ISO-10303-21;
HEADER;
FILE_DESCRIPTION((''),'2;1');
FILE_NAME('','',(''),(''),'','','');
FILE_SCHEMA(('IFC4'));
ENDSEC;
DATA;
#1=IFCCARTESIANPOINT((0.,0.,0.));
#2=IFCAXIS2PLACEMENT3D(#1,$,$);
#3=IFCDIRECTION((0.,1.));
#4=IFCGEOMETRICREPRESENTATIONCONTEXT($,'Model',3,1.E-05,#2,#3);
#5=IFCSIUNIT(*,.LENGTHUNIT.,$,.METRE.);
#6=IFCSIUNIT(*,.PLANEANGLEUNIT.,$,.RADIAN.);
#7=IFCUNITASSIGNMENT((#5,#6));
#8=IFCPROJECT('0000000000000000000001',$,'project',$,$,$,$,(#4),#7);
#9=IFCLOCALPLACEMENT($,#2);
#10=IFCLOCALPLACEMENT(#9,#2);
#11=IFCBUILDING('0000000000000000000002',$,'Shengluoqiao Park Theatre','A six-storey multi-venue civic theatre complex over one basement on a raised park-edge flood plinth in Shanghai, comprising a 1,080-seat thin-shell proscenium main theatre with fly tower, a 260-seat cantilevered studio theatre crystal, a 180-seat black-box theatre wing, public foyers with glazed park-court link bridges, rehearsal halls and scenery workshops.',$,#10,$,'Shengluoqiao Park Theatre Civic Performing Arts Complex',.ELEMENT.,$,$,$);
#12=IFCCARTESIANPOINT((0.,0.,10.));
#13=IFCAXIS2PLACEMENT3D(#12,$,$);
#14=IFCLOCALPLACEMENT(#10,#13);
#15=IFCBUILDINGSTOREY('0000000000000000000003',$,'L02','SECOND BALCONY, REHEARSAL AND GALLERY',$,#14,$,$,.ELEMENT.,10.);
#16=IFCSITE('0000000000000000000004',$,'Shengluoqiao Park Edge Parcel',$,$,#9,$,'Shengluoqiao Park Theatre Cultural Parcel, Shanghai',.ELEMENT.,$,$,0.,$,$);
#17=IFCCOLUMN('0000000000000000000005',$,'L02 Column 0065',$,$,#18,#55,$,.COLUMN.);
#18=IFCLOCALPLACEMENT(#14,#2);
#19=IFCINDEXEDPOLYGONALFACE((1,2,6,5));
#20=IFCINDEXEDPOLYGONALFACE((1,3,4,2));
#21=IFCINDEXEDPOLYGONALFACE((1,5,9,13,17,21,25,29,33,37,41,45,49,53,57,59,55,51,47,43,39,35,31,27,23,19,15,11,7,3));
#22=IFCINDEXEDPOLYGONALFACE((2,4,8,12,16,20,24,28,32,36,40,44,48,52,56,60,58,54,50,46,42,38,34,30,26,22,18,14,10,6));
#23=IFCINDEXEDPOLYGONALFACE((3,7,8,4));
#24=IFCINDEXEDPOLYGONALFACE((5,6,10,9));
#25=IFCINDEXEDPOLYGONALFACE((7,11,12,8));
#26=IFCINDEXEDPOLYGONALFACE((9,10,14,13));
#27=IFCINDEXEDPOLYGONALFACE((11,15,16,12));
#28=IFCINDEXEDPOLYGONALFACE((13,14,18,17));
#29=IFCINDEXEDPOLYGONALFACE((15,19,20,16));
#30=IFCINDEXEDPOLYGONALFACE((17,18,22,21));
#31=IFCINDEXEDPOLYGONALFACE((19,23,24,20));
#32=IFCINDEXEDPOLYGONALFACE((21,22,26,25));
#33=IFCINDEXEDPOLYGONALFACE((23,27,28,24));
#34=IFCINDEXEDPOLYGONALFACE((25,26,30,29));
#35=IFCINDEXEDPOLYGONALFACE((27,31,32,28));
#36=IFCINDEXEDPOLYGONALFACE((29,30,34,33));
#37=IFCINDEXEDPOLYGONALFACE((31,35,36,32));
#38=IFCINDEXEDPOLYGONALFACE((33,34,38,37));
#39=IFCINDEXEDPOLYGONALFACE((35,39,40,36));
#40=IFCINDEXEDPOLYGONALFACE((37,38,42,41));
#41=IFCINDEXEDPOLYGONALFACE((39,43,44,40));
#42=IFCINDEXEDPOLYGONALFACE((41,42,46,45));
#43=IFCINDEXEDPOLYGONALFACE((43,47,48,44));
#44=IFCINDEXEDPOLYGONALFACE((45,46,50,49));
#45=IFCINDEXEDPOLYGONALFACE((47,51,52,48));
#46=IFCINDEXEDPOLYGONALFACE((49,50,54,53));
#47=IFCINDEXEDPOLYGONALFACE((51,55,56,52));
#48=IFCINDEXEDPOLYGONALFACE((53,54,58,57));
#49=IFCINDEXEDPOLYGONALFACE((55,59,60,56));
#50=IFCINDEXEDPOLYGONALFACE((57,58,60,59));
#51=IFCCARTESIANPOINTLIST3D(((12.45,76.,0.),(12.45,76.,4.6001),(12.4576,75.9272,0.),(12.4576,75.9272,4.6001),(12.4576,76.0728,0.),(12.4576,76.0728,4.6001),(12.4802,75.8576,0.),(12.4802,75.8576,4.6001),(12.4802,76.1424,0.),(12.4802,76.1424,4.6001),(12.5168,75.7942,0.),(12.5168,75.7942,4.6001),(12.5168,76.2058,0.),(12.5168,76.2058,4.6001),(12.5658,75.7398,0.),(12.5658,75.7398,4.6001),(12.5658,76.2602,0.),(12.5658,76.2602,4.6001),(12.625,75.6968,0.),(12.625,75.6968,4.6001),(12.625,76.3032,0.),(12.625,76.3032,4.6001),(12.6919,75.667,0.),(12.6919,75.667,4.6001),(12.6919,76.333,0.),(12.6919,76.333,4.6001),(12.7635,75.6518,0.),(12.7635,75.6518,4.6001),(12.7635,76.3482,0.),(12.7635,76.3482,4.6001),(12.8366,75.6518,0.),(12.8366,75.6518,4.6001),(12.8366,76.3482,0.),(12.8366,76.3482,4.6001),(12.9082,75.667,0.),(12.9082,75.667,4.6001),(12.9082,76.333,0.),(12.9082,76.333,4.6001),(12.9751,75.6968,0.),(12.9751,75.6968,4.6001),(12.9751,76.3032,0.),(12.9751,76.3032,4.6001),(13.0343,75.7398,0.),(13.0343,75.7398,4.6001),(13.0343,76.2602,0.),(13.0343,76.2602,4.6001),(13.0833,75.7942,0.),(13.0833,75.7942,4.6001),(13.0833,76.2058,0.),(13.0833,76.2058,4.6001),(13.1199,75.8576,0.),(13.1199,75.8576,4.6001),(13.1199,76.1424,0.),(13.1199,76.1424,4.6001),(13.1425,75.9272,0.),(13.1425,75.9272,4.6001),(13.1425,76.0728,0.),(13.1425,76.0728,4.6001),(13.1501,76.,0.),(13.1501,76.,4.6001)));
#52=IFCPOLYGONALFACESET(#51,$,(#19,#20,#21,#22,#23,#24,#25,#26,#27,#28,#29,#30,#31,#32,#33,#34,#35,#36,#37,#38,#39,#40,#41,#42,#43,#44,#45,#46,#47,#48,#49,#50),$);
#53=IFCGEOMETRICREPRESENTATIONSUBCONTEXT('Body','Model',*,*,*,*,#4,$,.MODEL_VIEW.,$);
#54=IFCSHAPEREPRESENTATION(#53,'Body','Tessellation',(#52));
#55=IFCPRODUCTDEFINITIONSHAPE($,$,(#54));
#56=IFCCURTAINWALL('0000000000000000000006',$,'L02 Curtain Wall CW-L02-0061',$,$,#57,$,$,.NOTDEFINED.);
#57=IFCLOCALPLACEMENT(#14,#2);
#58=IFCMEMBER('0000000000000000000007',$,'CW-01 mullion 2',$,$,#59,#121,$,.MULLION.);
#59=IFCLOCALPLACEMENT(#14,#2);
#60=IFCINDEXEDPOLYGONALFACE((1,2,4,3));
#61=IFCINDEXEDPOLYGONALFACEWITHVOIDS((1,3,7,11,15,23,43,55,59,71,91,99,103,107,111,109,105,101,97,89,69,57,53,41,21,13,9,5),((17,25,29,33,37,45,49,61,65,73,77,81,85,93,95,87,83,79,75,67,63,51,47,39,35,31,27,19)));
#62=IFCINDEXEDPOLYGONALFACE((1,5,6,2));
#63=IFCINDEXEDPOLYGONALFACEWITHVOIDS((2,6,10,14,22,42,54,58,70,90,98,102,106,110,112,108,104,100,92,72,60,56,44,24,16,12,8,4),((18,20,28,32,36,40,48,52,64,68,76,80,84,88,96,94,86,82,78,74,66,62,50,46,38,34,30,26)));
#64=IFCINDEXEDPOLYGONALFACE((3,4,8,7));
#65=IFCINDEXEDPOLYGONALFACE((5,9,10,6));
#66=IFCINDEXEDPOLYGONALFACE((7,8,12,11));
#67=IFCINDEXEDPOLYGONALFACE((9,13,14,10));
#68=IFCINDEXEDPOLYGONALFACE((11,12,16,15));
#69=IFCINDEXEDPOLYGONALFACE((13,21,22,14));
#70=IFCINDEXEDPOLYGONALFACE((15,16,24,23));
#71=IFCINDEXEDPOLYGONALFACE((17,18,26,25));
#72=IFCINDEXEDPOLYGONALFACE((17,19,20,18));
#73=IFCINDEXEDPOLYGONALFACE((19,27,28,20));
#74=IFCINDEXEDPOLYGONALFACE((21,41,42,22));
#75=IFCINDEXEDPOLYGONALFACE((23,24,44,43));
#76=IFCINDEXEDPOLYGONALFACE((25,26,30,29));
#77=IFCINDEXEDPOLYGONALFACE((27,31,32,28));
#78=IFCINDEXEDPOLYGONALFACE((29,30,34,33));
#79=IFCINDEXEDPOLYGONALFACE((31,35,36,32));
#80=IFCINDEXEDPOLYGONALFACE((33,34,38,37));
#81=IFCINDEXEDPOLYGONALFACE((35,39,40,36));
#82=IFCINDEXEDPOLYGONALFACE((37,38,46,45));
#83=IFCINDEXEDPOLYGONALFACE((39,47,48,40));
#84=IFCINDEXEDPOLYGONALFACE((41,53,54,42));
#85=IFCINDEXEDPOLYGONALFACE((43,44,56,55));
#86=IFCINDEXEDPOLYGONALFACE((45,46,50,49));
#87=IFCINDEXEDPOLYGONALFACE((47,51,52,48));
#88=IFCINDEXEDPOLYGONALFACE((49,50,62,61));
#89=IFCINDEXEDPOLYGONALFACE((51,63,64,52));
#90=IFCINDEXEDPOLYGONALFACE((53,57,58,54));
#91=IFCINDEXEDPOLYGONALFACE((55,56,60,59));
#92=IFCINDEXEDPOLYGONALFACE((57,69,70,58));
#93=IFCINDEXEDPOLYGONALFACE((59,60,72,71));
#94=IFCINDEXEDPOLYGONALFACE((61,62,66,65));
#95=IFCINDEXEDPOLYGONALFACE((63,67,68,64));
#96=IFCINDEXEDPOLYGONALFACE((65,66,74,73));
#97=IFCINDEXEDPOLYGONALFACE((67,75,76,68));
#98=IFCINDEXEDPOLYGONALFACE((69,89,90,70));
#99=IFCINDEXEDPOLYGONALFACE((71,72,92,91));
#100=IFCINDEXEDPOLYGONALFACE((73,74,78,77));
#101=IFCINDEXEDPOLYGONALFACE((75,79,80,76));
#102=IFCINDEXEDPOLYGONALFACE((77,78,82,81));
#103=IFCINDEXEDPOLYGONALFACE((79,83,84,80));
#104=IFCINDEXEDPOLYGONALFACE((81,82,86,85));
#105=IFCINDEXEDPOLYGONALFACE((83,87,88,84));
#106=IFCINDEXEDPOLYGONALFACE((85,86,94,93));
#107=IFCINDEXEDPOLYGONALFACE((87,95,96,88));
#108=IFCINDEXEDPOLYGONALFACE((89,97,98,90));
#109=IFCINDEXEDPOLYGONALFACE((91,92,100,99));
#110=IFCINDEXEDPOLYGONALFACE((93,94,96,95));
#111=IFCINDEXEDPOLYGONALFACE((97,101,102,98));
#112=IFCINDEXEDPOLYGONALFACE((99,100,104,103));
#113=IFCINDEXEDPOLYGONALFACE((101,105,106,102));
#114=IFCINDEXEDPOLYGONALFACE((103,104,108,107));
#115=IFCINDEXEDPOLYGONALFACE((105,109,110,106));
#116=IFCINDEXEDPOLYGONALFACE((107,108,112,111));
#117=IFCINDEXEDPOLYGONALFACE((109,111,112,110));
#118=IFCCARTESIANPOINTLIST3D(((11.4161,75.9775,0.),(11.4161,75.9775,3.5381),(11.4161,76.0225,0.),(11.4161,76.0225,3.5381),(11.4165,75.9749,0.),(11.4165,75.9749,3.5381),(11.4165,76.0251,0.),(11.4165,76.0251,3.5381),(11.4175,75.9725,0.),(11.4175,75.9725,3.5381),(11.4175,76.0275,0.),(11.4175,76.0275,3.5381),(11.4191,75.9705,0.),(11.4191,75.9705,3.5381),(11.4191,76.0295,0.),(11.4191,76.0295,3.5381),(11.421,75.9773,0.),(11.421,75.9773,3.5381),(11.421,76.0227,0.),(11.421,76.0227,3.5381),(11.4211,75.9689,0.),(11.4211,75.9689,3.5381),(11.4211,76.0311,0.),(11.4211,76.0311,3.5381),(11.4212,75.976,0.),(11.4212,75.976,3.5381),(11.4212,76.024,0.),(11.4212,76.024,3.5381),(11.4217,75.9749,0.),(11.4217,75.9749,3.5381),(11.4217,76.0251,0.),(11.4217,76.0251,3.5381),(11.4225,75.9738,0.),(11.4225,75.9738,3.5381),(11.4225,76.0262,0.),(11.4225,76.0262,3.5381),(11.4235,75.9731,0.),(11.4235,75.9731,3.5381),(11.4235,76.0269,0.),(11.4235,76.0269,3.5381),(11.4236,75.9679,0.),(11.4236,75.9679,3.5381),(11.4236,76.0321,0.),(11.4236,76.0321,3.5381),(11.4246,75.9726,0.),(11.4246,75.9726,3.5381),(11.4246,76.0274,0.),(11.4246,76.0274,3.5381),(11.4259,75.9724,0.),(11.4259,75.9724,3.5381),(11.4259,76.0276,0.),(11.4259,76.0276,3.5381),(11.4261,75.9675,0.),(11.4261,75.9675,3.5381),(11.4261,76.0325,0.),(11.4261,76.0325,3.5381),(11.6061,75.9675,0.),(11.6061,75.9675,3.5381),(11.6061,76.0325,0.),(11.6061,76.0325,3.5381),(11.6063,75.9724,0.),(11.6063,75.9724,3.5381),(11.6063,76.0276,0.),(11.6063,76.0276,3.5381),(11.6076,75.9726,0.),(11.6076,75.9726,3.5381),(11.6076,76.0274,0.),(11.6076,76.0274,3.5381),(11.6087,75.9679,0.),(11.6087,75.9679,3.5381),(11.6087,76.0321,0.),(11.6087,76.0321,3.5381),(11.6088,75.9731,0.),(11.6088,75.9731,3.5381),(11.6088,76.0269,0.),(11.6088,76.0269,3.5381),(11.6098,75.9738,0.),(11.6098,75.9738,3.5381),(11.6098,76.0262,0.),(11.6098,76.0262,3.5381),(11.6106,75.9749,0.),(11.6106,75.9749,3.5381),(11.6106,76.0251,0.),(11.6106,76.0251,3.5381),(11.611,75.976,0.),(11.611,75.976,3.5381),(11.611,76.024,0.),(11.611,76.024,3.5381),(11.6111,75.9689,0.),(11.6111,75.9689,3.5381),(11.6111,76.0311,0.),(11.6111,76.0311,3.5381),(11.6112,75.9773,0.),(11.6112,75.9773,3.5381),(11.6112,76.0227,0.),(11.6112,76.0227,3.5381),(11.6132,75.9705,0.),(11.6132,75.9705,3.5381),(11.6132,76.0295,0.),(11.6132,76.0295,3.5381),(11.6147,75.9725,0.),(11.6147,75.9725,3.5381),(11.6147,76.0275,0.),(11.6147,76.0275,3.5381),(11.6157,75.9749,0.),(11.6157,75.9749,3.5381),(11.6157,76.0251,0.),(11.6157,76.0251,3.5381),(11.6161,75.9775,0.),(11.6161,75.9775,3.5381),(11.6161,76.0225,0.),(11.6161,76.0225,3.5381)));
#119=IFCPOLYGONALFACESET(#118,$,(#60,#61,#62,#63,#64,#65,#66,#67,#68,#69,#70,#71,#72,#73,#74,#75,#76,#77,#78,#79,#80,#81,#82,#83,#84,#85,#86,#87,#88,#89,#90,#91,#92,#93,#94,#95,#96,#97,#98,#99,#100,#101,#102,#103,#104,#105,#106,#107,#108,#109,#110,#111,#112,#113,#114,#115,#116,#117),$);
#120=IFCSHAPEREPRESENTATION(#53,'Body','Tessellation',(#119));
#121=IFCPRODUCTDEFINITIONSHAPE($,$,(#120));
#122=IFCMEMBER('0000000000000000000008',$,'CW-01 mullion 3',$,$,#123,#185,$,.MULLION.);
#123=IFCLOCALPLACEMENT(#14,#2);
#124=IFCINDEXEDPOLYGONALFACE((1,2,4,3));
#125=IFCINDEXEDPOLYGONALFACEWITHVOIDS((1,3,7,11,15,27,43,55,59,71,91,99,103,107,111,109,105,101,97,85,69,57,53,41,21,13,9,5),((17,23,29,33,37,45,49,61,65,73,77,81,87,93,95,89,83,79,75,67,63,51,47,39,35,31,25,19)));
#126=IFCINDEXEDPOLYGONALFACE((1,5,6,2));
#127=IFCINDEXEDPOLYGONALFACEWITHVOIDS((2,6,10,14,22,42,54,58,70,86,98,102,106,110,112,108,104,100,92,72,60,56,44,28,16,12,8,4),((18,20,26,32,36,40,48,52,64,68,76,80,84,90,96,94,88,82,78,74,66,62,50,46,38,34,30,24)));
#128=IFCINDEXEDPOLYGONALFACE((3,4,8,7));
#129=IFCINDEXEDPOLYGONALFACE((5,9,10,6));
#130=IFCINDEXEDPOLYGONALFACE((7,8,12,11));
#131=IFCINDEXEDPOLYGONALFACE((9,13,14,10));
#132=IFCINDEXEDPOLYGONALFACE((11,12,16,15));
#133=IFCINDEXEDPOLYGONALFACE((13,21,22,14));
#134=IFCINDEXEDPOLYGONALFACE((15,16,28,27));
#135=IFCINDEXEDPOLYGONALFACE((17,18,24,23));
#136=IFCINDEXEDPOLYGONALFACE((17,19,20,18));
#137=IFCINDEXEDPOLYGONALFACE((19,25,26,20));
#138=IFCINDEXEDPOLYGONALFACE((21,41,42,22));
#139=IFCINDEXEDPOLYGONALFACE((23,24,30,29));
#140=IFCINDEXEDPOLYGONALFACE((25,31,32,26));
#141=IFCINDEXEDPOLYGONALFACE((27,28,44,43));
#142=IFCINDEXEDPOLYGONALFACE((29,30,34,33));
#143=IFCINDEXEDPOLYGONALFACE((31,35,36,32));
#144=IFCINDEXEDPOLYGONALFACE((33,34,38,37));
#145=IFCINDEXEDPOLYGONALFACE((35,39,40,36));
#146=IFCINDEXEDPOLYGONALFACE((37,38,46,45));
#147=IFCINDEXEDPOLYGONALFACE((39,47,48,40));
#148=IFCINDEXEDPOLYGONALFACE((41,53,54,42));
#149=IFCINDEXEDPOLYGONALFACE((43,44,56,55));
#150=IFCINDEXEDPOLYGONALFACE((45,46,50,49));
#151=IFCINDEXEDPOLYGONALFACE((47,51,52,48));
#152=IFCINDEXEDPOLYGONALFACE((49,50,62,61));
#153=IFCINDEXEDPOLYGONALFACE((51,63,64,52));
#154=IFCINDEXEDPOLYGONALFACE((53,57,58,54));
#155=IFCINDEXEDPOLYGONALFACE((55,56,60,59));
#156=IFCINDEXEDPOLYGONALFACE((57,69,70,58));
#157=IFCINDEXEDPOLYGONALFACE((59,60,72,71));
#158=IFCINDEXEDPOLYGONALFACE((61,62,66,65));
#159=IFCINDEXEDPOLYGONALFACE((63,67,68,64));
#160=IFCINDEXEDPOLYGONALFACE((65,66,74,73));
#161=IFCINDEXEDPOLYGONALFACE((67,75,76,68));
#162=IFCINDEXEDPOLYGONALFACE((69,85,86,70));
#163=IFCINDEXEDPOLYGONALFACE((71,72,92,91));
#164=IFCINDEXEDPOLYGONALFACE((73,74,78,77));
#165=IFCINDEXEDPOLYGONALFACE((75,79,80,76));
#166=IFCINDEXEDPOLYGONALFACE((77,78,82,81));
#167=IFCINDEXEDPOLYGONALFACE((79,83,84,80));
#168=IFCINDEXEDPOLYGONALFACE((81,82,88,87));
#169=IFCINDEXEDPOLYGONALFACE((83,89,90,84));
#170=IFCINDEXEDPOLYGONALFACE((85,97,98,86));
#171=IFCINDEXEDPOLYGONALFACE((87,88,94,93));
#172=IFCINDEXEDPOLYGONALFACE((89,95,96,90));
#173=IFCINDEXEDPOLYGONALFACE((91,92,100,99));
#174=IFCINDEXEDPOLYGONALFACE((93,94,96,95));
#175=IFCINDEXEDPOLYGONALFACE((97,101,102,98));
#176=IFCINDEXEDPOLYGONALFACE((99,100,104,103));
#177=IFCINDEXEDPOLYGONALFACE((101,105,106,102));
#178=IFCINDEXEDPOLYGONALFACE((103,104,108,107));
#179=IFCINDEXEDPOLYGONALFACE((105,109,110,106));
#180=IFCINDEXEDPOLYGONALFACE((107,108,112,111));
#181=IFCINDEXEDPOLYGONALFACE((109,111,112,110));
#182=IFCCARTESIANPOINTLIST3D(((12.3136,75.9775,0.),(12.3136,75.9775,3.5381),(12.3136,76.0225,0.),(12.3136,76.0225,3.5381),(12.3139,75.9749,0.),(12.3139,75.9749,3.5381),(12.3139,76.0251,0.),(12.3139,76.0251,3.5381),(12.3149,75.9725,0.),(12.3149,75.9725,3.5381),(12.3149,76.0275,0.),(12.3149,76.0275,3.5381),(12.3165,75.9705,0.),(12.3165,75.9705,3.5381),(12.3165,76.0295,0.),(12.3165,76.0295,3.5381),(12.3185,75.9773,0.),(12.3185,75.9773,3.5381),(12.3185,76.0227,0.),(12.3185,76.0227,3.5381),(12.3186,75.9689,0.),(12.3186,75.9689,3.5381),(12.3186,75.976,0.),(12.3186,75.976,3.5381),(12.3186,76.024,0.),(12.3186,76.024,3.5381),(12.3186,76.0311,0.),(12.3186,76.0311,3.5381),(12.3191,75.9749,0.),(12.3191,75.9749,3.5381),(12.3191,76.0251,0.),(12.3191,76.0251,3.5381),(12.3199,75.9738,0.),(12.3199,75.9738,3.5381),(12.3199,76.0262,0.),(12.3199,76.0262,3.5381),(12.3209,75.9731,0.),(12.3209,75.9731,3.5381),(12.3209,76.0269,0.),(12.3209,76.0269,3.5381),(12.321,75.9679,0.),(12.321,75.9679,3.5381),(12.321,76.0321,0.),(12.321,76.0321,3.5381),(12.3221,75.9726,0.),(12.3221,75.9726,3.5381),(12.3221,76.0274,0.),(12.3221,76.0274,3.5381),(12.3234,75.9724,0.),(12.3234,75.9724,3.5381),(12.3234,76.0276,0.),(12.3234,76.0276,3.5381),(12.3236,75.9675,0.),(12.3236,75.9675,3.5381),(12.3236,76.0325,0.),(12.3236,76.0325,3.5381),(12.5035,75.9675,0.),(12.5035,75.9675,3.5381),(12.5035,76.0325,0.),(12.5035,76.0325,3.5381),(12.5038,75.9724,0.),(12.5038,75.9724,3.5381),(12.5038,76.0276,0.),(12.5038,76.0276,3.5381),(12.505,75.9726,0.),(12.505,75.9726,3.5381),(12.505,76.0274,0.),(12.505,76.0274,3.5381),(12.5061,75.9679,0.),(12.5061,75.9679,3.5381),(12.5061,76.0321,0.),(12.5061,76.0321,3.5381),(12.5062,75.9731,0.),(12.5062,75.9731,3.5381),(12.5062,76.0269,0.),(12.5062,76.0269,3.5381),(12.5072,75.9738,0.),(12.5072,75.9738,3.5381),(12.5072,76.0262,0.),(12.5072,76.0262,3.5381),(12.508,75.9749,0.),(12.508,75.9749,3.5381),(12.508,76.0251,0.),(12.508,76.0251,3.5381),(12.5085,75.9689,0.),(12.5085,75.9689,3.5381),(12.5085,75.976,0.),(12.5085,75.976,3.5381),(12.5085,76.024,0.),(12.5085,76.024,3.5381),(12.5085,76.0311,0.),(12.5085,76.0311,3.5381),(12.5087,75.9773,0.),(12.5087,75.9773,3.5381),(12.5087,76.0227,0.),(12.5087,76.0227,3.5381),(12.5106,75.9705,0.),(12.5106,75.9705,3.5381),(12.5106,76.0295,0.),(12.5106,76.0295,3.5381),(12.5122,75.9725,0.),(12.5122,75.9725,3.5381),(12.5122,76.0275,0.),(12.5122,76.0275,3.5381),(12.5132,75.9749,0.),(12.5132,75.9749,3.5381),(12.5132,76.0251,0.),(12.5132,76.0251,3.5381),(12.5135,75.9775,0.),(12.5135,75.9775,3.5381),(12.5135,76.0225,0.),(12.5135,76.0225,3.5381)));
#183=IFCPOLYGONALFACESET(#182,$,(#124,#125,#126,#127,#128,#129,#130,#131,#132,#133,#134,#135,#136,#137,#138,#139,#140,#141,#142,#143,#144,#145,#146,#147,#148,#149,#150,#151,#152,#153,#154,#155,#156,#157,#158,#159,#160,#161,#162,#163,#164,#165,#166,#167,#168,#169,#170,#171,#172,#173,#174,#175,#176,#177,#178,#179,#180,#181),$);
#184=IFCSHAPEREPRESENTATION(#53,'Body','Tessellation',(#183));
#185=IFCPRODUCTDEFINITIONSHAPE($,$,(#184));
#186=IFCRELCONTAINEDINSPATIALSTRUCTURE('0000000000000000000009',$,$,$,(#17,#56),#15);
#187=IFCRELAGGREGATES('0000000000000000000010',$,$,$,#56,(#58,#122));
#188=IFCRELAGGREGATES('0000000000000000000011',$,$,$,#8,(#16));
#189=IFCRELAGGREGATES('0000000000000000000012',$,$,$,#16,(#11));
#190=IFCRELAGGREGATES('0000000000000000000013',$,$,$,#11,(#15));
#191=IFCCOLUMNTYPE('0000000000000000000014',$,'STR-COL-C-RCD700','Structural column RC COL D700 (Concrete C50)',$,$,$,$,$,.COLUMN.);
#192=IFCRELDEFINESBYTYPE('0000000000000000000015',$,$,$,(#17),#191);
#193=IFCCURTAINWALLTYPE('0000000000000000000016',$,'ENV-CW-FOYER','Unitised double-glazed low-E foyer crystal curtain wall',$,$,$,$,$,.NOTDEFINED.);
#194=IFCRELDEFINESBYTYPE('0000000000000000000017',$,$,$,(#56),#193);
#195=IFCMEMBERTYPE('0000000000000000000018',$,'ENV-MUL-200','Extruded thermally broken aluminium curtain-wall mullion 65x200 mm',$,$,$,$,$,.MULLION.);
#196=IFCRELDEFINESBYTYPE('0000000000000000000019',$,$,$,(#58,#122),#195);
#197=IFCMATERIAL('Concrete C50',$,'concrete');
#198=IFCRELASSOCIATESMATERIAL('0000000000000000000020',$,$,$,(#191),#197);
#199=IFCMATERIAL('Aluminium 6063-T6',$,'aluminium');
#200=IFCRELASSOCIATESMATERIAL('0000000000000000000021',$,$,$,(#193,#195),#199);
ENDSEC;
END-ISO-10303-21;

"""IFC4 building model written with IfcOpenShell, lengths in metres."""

from ifc_helpers import new_model, si_unit, direction, frame, origin, origin_2d, place, context, subcontext, project, spatial, hollow_rectangle, circle, extrude, material, material_profile, profile_set, type_object, element, aggregate, save


model = new_model("IFC4")

# Units and contexts
model_context = context("Model", 3, precision=1e-05, world=origin(), true_north=direction((0.0, 1.0)))
body_context = subcontext(model_context, "Body", "Model", "MODEL_VIEW")
ifc_project = project(units=[si_unit("LENGTHUNIT", "METRE"), si_unit("PLANEANGLEUNIT", "RADIAN")], contexts=[model_context])

# Site, building, storey
site_placement = place(None, origin())
site = spatial("IfcSite", under=ifc_project, at=site_placement, Name="Shengluoqiao Park Edge Parcel", LongName="Shengluoqiao Park Theatre Cultural Parcel, Shanghai", CompositionType="ELEMENT", RefElevation=0.0)
building_placement = place(site_placement, origin())
building = spatial("IfcBuilding", under=site, at=building_placement, Name="Shengluoqiao Park Theatre", Description="A six-storey multi-venue civic theatre complex over one basement on a raised park-edge flood plinth in Shanghai, comprising a 1,080-seat thin-shell proscenium main theatre with fly tower, a 260-seat cantilevered studio theatre crystal, a 180-seat black-box theatre wing, public foyers with glazed park-court link bridges, rehearsal halls and scenery workshops.", LongName="Shengluoqiao Park Theatre Civic Performing Arts Complex", CompositionType="ELEMENT")
storey_placement = place(building_placement, frame((0.0, 0.0, 10.0)))
storey = spatial("IfcBuildingStorey", under=building, at=storey_placement, Name="L02", Description="SECOND BALCONY, REHEARSAL AND GALLERY", CompositionType="ELEMENT", Elevation=10.0)

# Column
ifc_material_1 = material(Name="Concrete C50", Category="concrete")
ifc_material_profile_1 = material_profile(ifc_material_1, circle(Radius=0.3501, at=origin_2d()), Name="RC COL D700")
ifc_profile_set_1 = profile_set([ifc_material_profile_1], Name="Concrete C50")
column_type = type_object("IfcColumnType", Name="STR-COL-C-RCD700", Description="Structural column RC COL D700 (Concrete C50)", PredefinedType="COLUMN", material=ifc_profile_set_1)
column_placement = place(storey_placement, frame((12.8, 76.0, 0.0), z_axis=(0.0, 0.0, 1.0), x_axis=(1.0, 0.0, 0.0)))
element("IfcColumn", 1, at=column_placement, inside=storey, type_object=column_type, Name="L02 Column 0065", PredefinedType="COLUMN", context=body_context, shape_type="SweptSolid", body=[
    extrude(circle(Radius=0.3501, at=origin_2d()), origin(), (0.0, 0.0, 1.0), 4.6001),
])

# Curtain wall, members
ifc_material_2 = material(Name="Aluminium 6063-T6", Category="aluminium")
curtain_wall_type = type_object("IfcCurtainWallType", Name="ENV-CW-FOYER", Description="Unitised double-glazed low-E foyer crystal curtain wall", PredefinedType="NOTDEFINED", material=ifc_material_2)
curtain_wall_1_placement = place(storey_placement, origin())
curtain_wall_1 = element("IfcCurtainWall", 2, at=curtain_wall_1_placement, inside=storey, type_object=curtain_wall_type, Name="L02 Curtain Wall CW-L02-0061", PredefinedType="NOTDEFINED")
ifc_material_profile_2 = material_profile(ifc_material_2, hollow_rectangle(XDim=0.0649, YDim=0.2, WallThickness=0.0049, InnerFilletRadius=0.0049, OuterFilletRadius=0.01, at=origin_2d()), Name="ALU MULLION 200x65x5")
ifc_profile_set_2 = profile_set([ifc_material_profile_2], Name="Aluminium 6063-T6")
member_type_1 = type_object("IfcMemberType", Name="ENV-MUL-200", Description="Extruded thermally broken aluminium curtain-wall mullion 65x200 mm", PredefinedType="MULLION", material=ifc_profile_set_2)
member_1_placement = place(storey_placement, frame((11.5161, 76.0, 0.0), z_axis=(0.0, 0.0, 1.0), x_axis=(0.0, 1.0, 0.0)))
member_1 = element("IfcMember", 3, at=member_1_placement, type_object=member_type_1, Name="CW-01 mullion 2", PredefinedType="MULLION", context=body_context, shape_type="SweptSolid", body=[
    extrude(hollow_rectangle(XDim=0.0649, YDim=0.2, WallThickness=0.0049, InnerFilletRadius=0.0049, OuterFilletRadius=0.01, at=origin_2d()), origin(), (0.0, 0.0, 1.0), 3.5381),
])
member_2_placement = place(storey_placement, frame((12.4136, 76.0, 0.0), z_axis=(0.0, 0.0, 1.0), x_axis=(0.0, 1.0, 0.0)))
member_2 = element("IfcMember", 4, at=member_2_placement, type_object=member_type_1, Name="CW-01 mullion 3", PredefinedType="MULLION", context=body_context, shape_type="SweptSolid", body=[
    extrude(hollow_rectangle(XDim=0.0649, YDim=0.2, WallThickness=0.0049, InnerFilletRadius=0.0049, OuterFilletRadius=0.01, at=origin_2d()), origin(), (0.0, 0.0, 1.0), 3.5381),
])

aggregate(curtain_wall_1, [member_1, member_2])

save(model, "model.ifc")
